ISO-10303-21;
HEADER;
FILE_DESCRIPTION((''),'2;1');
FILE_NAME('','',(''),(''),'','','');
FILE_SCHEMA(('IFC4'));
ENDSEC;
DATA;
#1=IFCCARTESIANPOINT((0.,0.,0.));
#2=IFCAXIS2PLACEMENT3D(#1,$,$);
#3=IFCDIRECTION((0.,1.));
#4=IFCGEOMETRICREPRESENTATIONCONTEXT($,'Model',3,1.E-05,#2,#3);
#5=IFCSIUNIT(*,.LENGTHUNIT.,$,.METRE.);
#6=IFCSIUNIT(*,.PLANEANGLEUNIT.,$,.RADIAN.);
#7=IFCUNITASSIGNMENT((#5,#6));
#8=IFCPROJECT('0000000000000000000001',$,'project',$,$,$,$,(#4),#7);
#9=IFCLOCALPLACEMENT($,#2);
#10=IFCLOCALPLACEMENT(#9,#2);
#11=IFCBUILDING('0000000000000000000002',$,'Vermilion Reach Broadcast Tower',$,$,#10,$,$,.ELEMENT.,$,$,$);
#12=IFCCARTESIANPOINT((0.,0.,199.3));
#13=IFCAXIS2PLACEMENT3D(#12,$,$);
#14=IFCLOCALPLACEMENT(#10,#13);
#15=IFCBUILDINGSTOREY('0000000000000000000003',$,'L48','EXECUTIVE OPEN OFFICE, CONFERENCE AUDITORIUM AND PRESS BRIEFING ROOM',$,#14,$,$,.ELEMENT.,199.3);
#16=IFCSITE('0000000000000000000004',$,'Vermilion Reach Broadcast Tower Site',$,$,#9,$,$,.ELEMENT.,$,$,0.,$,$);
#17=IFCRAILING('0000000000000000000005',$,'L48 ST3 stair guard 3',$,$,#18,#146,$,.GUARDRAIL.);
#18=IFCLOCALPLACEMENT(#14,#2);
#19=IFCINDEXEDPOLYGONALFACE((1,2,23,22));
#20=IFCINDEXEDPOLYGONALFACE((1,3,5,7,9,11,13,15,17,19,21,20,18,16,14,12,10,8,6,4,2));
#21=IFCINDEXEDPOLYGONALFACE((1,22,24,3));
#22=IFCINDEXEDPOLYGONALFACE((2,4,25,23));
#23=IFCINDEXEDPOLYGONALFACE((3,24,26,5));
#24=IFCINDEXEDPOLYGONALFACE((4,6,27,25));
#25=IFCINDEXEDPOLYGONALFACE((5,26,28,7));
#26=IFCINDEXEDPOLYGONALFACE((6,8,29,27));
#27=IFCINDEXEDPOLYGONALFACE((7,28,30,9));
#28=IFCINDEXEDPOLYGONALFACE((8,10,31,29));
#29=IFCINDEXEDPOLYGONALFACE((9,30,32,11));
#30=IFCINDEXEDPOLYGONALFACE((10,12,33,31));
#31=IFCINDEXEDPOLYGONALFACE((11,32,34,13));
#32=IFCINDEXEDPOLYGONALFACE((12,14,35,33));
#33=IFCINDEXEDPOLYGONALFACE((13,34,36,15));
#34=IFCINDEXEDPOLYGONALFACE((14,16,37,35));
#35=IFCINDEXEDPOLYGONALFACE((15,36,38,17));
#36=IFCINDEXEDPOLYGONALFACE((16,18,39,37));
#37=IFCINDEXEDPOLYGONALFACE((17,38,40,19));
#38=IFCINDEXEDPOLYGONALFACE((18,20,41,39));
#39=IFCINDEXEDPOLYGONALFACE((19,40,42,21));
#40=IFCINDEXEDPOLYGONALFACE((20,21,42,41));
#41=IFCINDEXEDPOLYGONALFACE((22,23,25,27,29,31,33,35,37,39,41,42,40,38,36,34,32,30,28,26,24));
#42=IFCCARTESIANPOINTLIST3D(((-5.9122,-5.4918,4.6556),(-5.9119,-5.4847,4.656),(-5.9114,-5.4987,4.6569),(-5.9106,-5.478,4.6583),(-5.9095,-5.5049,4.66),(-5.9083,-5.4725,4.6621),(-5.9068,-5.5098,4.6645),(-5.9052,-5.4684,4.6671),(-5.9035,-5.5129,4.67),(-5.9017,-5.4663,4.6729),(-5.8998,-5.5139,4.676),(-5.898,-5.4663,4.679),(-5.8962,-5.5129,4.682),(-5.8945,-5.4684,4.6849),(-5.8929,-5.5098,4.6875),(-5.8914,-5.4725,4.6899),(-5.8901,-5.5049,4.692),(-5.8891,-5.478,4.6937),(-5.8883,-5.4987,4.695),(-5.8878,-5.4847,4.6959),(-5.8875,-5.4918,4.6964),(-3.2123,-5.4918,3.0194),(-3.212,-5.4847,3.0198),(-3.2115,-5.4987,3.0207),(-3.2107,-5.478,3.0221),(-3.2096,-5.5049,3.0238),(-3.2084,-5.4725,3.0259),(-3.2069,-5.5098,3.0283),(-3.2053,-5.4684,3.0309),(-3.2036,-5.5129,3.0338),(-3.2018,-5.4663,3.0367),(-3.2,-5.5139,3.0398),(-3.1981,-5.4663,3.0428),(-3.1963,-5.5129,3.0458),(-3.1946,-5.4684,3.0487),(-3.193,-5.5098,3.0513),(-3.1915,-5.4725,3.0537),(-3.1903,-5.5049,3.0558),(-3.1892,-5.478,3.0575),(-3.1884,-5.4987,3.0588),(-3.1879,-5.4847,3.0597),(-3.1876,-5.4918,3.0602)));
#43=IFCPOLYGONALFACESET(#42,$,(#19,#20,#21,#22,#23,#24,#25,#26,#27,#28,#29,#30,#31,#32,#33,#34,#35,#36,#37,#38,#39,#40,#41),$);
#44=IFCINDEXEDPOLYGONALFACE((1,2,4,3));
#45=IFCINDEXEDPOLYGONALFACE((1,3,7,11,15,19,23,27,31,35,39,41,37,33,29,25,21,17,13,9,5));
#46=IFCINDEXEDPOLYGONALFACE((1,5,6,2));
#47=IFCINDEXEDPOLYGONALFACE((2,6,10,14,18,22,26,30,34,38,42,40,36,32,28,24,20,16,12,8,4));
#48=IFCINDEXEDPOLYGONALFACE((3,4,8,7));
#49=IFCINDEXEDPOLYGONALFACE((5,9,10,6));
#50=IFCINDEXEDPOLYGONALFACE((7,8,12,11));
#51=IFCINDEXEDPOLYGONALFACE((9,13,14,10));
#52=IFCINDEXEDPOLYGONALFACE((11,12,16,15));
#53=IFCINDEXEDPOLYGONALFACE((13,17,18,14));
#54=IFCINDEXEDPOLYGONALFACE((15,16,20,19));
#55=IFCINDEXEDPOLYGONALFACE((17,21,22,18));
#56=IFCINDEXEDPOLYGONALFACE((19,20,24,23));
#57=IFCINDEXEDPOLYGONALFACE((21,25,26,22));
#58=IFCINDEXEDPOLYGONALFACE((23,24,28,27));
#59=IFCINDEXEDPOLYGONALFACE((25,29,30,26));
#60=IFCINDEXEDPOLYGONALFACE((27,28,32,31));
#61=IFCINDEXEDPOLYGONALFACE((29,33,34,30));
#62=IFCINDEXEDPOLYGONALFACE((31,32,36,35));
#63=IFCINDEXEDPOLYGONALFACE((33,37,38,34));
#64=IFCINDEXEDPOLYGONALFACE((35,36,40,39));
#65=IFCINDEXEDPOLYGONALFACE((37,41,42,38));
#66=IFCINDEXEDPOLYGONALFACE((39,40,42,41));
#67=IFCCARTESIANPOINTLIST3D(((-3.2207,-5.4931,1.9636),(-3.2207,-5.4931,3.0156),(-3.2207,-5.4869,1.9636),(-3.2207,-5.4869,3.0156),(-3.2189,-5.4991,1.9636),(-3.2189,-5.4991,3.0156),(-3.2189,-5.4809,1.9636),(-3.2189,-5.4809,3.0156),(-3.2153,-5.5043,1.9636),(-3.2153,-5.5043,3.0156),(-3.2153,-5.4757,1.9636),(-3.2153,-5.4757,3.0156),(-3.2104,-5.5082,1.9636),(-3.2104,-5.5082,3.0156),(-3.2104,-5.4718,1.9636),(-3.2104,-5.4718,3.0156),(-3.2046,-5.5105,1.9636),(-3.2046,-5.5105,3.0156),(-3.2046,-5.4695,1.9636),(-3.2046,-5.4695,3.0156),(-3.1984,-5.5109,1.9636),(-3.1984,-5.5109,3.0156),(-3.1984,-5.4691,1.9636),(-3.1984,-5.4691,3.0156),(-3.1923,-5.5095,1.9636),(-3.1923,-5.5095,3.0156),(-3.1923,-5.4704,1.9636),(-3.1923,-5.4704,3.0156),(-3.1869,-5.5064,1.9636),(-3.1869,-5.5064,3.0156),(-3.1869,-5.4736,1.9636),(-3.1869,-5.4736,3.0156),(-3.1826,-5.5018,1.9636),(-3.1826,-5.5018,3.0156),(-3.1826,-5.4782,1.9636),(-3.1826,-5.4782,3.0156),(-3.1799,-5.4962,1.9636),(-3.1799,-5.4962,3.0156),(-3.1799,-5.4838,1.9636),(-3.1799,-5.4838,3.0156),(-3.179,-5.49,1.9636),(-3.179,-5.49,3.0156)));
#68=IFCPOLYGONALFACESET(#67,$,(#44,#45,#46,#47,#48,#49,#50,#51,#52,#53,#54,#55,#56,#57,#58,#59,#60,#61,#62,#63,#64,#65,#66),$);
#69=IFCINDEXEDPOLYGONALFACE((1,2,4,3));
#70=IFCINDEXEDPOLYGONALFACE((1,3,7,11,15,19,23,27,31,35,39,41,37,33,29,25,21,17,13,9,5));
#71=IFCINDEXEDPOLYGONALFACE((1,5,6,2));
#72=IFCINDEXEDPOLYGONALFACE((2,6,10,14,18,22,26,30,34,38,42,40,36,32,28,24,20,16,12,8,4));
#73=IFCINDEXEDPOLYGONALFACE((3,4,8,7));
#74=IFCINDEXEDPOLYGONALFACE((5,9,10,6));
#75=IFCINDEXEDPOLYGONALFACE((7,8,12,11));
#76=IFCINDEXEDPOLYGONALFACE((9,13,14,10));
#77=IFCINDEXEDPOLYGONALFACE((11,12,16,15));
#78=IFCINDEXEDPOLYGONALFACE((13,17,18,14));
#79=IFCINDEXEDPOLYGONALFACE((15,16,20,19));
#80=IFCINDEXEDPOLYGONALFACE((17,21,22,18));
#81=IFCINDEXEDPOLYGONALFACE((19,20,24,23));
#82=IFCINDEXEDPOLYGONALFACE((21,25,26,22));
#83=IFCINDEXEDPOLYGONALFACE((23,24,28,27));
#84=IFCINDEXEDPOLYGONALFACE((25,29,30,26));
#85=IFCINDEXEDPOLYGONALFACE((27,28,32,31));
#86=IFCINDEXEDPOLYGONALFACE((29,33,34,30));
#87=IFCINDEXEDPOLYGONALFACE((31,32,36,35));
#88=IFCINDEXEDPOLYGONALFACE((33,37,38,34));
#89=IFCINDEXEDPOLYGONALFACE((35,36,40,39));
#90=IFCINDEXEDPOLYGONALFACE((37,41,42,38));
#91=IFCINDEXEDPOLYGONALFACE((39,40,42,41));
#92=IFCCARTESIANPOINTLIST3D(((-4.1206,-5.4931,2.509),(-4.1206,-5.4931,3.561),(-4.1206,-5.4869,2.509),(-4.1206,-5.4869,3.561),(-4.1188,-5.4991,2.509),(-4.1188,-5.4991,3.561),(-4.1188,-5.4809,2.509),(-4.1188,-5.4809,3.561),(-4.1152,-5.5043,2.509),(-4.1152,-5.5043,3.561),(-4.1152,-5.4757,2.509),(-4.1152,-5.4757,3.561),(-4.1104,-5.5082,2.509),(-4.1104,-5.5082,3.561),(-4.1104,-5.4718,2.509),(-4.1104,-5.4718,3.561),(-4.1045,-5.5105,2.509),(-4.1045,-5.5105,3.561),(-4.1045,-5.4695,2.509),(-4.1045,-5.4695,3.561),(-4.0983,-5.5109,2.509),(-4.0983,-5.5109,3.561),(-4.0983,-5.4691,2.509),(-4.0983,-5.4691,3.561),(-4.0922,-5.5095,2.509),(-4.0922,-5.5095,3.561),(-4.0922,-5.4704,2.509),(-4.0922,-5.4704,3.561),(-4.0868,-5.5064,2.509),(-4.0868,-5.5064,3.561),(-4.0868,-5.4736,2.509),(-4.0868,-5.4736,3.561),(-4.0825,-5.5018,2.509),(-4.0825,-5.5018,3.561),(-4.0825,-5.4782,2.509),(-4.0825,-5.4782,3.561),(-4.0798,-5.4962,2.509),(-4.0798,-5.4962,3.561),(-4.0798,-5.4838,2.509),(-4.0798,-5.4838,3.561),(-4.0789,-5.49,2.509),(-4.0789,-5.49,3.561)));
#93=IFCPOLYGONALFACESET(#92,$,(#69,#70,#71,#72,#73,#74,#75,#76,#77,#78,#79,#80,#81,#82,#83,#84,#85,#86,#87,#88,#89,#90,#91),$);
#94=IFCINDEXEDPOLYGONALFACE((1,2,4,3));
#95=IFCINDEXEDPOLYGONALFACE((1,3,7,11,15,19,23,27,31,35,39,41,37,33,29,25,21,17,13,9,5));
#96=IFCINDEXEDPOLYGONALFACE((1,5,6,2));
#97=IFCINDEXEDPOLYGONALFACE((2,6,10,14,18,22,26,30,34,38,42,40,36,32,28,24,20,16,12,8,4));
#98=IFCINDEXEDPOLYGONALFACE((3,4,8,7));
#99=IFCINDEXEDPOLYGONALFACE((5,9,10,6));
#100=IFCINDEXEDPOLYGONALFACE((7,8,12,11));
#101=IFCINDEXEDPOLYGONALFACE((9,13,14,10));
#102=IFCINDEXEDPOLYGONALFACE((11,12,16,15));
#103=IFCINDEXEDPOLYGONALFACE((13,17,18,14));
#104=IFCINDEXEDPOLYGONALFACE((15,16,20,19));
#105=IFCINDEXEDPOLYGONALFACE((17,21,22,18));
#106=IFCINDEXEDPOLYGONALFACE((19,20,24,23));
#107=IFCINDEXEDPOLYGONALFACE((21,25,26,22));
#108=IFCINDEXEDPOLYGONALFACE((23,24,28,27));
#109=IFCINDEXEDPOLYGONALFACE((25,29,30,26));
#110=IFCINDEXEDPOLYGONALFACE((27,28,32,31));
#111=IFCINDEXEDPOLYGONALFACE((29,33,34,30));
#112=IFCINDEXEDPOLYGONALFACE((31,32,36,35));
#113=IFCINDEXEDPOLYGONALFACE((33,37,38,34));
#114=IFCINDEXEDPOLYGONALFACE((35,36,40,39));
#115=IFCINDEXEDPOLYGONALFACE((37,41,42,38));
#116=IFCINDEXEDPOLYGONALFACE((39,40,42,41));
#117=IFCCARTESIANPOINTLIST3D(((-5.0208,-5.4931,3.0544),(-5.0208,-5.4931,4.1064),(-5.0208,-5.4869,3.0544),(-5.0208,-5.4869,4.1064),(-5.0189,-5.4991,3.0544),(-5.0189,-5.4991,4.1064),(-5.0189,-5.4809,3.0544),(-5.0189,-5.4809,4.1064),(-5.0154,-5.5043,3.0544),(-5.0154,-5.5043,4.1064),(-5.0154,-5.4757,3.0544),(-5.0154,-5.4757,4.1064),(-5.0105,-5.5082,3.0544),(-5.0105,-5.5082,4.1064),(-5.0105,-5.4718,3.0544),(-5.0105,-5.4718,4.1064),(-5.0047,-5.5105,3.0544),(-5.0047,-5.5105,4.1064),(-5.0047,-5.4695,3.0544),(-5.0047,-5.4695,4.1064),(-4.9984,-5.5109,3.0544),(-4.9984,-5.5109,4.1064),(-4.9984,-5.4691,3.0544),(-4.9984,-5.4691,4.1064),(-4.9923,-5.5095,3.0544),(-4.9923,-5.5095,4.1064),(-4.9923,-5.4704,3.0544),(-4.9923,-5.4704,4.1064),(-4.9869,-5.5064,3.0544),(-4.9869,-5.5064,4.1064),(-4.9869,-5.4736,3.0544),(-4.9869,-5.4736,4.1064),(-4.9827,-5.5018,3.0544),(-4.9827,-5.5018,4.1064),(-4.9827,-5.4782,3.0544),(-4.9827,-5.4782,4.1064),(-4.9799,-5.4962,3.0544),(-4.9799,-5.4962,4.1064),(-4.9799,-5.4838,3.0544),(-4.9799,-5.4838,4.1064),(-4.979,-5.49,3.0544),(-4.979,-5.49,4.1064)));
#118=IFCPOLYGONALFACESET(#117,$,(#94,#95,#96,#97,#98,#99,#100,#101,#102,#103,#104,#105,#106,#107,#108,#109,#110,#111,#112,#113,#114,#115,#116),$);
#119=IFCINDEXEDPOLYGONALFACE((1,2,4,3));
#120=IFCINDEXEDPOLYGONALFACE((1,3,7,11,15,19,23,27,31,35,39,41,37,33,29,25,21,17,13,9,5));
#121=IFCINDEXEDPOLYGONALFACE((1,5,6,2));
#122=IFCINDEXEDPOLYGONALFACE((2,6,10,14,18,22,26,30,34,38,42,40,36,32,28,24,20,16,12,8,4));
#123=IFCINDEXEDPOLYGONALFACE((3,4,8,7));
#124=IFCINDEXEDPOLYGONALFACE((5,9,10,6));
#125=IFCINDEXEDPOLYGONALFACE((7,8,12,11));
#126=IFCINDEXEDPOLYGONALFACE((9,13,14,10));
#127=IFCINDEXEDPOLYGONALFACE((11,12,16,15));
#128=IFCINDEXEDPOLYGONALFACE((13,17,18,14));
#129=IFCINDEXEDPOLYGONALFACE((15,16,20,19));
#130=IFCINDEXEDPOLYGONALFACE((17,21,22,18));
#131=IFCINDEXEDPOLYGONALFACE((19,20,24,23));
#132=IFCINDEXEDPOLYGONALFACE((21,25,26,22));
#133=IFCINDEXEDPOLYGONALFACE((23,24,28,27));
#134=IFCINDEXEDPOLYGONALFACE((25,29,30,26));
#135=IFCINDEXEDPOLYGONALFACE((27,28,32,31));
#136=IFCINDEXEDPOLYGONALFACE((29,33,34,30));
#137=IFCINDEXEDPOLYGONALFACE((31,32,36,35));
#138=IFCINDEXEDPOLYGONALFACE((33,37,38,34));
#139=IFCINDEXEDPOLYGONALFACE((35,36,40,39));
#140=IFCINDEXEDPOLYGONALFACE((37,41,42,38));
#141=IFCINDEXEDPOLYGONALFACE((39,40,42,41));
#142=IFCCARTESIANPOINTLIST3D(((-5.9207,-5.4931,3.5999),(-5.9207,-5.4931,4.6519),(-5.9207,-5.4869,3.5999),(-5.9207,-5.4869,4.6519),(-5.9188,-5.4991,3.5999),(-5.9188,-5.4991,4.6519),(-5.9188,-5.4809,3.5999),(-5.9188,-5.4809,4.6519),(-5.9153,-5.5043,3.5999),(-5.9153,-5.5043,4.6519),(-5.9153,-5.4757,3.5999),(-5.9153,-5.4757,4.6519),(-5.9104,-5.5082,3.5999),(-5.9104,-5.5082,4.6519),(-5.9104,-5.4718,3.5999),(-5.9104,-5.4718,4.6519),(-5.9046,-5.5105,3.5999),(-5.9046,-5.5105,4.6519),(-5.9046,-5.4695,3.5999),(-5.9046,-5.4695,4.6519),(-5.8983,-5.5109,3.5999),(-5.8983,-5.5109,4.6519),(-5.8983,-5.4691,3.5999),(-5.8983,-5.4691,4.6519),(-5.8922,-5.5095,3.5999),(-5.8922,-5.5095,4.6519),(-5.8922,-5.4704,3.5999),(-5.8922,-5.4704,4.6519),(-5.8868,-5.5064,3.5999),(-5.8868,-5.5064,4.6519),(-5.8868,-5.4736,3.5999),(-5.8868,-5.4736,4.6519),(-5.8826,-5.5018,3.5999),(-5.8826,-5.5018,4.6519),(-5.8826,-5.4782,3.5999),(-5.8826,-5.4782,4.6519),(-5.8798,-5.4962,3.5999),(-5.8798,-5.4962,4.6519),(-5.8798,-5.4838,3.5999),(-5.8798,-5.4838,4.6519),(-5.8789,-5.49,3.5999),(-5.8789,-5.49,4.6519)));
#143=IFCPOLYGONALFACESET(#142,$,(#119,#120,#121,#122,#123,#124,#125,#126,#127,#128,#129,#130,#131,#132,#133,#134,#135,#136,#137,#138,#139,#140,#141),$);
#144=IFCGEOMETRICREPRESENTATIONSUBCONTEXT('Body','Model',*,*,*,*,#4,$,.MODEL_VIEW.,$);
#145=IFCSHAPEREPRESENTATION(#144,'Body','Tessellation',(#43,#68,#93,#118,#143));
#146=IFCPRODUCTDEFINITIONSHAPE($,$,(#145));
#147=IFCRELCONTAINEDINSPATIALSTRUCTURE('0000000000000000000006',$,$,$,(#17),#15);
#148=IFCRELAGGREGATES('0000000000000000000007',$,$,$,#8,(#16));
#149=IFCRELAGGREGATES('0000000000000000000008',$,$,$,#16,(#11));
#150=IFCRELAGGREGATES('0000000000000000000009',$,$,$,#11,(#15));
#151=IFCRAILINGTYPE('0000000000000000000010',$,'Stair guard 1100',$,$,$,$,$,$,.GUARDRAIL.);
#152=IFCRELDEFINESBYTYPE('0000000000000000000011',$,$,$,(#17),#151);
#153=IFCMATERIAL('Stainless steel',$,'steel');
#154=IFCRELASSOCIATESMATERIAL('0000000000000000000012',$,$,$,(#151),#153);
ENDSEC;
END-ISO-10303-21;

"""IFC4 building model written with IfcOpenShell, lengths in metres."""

from ifc_helpers import new_model, si_unit, direction, frame, origin, origin_2d, place, context, subcontext, project, spatial, circle, extrude, material, type_object, element, save


model = new_model("IFC4")

# Units and contexts
model_context = context("Model", 3, precision=1e-05, world=origin(), true_north=direction((0.0, 1.0)))
body_context = subcontext(model_context, "Body", "Model", "MODEL_VIEW")
ifc_project = project(units=[si_unit("LENGTHUNIT", "METRE"), si_unit("PLANEANGLEUNIT", "RADIAN")], contexts=[model_context])

# Site, building, storey
site_placement = place(None, origin())
site = spatial("IfcSite", under=ifc_project, at=site_placement, Name="Vermilion Reach Broadcast Tower Site", CompositionType="ELEMENT", RefElevation=0.0)
building_placement = place(site_placement, origin())
building = spatial("IfcBuilding", under=site, at=building_placement, Name="Vermilion Reach Broadcast Tower", CompositionType="ELEMENT")
storey_placement = place(building_placement, frame((0.0, 0.0, 199.3)))
storey = spatial("IfcBuildingStorey", under=building, at=storey_placement, Name="L48", Description="EXECUTIVE OPEN OFFICE, CONFERENCE AUDITORIUM AND PRESS BRIEFING ROOM", CompositionType="ELEMENT", Elevation=199.3)

# Railing
ifc_material_1 = material(Name="Stainless steel", Category="steel")
railing_type_1 = type_object("IfcRailingType", Name="Stair guard 1100", PredefinedType="GUARDRAIL", material=ifc_material_1)
railing_1_placement = place(storey_placement, frame((-3.2, -5.49, 1.9636)))
element("IfcRailing", 1, at=railing_1_placement, inside=storey, type_object=railing_type_1, Name="L48 ST3 stair guard 3", PredefinedType="GUARDRAIL", context=body_context, shape_type="SweptSolid", body=[
    extrude(circle(Radius=0.0239, at=origin_2d()), frame((0.0, 0.0, 1.0762), z_axis=(-0.855212, 0.0, 0.518278), x_axis=(0.0, -1.0, 0.0)), (0.0, 0.0, 1.0), 3.157),
    extrude(circle(Radius=0.021, at=origin_2d()), origin(), (0.0, 0.0, 1.0), 1.052),
    extrude(circle(Radius=0.021, at=origin_2d()), frame((-0.8999, 0.0, 0.5454)), (0.0, 0.0, 1.0), 1.052),
    extrude(circle(Radius=0.021, at=origin_2d()), frame((-1.8, 0.0, 1.0908)), (0.0, 0.0, 1.0), 1.052),
    extrude(circle(Radius=0.021, at=origin_2d()), frame((-2.7, 0.0, 1.6362)), (0.0, 0.0, 1.0), 1.052),
])

save(model, "model.ifc")
